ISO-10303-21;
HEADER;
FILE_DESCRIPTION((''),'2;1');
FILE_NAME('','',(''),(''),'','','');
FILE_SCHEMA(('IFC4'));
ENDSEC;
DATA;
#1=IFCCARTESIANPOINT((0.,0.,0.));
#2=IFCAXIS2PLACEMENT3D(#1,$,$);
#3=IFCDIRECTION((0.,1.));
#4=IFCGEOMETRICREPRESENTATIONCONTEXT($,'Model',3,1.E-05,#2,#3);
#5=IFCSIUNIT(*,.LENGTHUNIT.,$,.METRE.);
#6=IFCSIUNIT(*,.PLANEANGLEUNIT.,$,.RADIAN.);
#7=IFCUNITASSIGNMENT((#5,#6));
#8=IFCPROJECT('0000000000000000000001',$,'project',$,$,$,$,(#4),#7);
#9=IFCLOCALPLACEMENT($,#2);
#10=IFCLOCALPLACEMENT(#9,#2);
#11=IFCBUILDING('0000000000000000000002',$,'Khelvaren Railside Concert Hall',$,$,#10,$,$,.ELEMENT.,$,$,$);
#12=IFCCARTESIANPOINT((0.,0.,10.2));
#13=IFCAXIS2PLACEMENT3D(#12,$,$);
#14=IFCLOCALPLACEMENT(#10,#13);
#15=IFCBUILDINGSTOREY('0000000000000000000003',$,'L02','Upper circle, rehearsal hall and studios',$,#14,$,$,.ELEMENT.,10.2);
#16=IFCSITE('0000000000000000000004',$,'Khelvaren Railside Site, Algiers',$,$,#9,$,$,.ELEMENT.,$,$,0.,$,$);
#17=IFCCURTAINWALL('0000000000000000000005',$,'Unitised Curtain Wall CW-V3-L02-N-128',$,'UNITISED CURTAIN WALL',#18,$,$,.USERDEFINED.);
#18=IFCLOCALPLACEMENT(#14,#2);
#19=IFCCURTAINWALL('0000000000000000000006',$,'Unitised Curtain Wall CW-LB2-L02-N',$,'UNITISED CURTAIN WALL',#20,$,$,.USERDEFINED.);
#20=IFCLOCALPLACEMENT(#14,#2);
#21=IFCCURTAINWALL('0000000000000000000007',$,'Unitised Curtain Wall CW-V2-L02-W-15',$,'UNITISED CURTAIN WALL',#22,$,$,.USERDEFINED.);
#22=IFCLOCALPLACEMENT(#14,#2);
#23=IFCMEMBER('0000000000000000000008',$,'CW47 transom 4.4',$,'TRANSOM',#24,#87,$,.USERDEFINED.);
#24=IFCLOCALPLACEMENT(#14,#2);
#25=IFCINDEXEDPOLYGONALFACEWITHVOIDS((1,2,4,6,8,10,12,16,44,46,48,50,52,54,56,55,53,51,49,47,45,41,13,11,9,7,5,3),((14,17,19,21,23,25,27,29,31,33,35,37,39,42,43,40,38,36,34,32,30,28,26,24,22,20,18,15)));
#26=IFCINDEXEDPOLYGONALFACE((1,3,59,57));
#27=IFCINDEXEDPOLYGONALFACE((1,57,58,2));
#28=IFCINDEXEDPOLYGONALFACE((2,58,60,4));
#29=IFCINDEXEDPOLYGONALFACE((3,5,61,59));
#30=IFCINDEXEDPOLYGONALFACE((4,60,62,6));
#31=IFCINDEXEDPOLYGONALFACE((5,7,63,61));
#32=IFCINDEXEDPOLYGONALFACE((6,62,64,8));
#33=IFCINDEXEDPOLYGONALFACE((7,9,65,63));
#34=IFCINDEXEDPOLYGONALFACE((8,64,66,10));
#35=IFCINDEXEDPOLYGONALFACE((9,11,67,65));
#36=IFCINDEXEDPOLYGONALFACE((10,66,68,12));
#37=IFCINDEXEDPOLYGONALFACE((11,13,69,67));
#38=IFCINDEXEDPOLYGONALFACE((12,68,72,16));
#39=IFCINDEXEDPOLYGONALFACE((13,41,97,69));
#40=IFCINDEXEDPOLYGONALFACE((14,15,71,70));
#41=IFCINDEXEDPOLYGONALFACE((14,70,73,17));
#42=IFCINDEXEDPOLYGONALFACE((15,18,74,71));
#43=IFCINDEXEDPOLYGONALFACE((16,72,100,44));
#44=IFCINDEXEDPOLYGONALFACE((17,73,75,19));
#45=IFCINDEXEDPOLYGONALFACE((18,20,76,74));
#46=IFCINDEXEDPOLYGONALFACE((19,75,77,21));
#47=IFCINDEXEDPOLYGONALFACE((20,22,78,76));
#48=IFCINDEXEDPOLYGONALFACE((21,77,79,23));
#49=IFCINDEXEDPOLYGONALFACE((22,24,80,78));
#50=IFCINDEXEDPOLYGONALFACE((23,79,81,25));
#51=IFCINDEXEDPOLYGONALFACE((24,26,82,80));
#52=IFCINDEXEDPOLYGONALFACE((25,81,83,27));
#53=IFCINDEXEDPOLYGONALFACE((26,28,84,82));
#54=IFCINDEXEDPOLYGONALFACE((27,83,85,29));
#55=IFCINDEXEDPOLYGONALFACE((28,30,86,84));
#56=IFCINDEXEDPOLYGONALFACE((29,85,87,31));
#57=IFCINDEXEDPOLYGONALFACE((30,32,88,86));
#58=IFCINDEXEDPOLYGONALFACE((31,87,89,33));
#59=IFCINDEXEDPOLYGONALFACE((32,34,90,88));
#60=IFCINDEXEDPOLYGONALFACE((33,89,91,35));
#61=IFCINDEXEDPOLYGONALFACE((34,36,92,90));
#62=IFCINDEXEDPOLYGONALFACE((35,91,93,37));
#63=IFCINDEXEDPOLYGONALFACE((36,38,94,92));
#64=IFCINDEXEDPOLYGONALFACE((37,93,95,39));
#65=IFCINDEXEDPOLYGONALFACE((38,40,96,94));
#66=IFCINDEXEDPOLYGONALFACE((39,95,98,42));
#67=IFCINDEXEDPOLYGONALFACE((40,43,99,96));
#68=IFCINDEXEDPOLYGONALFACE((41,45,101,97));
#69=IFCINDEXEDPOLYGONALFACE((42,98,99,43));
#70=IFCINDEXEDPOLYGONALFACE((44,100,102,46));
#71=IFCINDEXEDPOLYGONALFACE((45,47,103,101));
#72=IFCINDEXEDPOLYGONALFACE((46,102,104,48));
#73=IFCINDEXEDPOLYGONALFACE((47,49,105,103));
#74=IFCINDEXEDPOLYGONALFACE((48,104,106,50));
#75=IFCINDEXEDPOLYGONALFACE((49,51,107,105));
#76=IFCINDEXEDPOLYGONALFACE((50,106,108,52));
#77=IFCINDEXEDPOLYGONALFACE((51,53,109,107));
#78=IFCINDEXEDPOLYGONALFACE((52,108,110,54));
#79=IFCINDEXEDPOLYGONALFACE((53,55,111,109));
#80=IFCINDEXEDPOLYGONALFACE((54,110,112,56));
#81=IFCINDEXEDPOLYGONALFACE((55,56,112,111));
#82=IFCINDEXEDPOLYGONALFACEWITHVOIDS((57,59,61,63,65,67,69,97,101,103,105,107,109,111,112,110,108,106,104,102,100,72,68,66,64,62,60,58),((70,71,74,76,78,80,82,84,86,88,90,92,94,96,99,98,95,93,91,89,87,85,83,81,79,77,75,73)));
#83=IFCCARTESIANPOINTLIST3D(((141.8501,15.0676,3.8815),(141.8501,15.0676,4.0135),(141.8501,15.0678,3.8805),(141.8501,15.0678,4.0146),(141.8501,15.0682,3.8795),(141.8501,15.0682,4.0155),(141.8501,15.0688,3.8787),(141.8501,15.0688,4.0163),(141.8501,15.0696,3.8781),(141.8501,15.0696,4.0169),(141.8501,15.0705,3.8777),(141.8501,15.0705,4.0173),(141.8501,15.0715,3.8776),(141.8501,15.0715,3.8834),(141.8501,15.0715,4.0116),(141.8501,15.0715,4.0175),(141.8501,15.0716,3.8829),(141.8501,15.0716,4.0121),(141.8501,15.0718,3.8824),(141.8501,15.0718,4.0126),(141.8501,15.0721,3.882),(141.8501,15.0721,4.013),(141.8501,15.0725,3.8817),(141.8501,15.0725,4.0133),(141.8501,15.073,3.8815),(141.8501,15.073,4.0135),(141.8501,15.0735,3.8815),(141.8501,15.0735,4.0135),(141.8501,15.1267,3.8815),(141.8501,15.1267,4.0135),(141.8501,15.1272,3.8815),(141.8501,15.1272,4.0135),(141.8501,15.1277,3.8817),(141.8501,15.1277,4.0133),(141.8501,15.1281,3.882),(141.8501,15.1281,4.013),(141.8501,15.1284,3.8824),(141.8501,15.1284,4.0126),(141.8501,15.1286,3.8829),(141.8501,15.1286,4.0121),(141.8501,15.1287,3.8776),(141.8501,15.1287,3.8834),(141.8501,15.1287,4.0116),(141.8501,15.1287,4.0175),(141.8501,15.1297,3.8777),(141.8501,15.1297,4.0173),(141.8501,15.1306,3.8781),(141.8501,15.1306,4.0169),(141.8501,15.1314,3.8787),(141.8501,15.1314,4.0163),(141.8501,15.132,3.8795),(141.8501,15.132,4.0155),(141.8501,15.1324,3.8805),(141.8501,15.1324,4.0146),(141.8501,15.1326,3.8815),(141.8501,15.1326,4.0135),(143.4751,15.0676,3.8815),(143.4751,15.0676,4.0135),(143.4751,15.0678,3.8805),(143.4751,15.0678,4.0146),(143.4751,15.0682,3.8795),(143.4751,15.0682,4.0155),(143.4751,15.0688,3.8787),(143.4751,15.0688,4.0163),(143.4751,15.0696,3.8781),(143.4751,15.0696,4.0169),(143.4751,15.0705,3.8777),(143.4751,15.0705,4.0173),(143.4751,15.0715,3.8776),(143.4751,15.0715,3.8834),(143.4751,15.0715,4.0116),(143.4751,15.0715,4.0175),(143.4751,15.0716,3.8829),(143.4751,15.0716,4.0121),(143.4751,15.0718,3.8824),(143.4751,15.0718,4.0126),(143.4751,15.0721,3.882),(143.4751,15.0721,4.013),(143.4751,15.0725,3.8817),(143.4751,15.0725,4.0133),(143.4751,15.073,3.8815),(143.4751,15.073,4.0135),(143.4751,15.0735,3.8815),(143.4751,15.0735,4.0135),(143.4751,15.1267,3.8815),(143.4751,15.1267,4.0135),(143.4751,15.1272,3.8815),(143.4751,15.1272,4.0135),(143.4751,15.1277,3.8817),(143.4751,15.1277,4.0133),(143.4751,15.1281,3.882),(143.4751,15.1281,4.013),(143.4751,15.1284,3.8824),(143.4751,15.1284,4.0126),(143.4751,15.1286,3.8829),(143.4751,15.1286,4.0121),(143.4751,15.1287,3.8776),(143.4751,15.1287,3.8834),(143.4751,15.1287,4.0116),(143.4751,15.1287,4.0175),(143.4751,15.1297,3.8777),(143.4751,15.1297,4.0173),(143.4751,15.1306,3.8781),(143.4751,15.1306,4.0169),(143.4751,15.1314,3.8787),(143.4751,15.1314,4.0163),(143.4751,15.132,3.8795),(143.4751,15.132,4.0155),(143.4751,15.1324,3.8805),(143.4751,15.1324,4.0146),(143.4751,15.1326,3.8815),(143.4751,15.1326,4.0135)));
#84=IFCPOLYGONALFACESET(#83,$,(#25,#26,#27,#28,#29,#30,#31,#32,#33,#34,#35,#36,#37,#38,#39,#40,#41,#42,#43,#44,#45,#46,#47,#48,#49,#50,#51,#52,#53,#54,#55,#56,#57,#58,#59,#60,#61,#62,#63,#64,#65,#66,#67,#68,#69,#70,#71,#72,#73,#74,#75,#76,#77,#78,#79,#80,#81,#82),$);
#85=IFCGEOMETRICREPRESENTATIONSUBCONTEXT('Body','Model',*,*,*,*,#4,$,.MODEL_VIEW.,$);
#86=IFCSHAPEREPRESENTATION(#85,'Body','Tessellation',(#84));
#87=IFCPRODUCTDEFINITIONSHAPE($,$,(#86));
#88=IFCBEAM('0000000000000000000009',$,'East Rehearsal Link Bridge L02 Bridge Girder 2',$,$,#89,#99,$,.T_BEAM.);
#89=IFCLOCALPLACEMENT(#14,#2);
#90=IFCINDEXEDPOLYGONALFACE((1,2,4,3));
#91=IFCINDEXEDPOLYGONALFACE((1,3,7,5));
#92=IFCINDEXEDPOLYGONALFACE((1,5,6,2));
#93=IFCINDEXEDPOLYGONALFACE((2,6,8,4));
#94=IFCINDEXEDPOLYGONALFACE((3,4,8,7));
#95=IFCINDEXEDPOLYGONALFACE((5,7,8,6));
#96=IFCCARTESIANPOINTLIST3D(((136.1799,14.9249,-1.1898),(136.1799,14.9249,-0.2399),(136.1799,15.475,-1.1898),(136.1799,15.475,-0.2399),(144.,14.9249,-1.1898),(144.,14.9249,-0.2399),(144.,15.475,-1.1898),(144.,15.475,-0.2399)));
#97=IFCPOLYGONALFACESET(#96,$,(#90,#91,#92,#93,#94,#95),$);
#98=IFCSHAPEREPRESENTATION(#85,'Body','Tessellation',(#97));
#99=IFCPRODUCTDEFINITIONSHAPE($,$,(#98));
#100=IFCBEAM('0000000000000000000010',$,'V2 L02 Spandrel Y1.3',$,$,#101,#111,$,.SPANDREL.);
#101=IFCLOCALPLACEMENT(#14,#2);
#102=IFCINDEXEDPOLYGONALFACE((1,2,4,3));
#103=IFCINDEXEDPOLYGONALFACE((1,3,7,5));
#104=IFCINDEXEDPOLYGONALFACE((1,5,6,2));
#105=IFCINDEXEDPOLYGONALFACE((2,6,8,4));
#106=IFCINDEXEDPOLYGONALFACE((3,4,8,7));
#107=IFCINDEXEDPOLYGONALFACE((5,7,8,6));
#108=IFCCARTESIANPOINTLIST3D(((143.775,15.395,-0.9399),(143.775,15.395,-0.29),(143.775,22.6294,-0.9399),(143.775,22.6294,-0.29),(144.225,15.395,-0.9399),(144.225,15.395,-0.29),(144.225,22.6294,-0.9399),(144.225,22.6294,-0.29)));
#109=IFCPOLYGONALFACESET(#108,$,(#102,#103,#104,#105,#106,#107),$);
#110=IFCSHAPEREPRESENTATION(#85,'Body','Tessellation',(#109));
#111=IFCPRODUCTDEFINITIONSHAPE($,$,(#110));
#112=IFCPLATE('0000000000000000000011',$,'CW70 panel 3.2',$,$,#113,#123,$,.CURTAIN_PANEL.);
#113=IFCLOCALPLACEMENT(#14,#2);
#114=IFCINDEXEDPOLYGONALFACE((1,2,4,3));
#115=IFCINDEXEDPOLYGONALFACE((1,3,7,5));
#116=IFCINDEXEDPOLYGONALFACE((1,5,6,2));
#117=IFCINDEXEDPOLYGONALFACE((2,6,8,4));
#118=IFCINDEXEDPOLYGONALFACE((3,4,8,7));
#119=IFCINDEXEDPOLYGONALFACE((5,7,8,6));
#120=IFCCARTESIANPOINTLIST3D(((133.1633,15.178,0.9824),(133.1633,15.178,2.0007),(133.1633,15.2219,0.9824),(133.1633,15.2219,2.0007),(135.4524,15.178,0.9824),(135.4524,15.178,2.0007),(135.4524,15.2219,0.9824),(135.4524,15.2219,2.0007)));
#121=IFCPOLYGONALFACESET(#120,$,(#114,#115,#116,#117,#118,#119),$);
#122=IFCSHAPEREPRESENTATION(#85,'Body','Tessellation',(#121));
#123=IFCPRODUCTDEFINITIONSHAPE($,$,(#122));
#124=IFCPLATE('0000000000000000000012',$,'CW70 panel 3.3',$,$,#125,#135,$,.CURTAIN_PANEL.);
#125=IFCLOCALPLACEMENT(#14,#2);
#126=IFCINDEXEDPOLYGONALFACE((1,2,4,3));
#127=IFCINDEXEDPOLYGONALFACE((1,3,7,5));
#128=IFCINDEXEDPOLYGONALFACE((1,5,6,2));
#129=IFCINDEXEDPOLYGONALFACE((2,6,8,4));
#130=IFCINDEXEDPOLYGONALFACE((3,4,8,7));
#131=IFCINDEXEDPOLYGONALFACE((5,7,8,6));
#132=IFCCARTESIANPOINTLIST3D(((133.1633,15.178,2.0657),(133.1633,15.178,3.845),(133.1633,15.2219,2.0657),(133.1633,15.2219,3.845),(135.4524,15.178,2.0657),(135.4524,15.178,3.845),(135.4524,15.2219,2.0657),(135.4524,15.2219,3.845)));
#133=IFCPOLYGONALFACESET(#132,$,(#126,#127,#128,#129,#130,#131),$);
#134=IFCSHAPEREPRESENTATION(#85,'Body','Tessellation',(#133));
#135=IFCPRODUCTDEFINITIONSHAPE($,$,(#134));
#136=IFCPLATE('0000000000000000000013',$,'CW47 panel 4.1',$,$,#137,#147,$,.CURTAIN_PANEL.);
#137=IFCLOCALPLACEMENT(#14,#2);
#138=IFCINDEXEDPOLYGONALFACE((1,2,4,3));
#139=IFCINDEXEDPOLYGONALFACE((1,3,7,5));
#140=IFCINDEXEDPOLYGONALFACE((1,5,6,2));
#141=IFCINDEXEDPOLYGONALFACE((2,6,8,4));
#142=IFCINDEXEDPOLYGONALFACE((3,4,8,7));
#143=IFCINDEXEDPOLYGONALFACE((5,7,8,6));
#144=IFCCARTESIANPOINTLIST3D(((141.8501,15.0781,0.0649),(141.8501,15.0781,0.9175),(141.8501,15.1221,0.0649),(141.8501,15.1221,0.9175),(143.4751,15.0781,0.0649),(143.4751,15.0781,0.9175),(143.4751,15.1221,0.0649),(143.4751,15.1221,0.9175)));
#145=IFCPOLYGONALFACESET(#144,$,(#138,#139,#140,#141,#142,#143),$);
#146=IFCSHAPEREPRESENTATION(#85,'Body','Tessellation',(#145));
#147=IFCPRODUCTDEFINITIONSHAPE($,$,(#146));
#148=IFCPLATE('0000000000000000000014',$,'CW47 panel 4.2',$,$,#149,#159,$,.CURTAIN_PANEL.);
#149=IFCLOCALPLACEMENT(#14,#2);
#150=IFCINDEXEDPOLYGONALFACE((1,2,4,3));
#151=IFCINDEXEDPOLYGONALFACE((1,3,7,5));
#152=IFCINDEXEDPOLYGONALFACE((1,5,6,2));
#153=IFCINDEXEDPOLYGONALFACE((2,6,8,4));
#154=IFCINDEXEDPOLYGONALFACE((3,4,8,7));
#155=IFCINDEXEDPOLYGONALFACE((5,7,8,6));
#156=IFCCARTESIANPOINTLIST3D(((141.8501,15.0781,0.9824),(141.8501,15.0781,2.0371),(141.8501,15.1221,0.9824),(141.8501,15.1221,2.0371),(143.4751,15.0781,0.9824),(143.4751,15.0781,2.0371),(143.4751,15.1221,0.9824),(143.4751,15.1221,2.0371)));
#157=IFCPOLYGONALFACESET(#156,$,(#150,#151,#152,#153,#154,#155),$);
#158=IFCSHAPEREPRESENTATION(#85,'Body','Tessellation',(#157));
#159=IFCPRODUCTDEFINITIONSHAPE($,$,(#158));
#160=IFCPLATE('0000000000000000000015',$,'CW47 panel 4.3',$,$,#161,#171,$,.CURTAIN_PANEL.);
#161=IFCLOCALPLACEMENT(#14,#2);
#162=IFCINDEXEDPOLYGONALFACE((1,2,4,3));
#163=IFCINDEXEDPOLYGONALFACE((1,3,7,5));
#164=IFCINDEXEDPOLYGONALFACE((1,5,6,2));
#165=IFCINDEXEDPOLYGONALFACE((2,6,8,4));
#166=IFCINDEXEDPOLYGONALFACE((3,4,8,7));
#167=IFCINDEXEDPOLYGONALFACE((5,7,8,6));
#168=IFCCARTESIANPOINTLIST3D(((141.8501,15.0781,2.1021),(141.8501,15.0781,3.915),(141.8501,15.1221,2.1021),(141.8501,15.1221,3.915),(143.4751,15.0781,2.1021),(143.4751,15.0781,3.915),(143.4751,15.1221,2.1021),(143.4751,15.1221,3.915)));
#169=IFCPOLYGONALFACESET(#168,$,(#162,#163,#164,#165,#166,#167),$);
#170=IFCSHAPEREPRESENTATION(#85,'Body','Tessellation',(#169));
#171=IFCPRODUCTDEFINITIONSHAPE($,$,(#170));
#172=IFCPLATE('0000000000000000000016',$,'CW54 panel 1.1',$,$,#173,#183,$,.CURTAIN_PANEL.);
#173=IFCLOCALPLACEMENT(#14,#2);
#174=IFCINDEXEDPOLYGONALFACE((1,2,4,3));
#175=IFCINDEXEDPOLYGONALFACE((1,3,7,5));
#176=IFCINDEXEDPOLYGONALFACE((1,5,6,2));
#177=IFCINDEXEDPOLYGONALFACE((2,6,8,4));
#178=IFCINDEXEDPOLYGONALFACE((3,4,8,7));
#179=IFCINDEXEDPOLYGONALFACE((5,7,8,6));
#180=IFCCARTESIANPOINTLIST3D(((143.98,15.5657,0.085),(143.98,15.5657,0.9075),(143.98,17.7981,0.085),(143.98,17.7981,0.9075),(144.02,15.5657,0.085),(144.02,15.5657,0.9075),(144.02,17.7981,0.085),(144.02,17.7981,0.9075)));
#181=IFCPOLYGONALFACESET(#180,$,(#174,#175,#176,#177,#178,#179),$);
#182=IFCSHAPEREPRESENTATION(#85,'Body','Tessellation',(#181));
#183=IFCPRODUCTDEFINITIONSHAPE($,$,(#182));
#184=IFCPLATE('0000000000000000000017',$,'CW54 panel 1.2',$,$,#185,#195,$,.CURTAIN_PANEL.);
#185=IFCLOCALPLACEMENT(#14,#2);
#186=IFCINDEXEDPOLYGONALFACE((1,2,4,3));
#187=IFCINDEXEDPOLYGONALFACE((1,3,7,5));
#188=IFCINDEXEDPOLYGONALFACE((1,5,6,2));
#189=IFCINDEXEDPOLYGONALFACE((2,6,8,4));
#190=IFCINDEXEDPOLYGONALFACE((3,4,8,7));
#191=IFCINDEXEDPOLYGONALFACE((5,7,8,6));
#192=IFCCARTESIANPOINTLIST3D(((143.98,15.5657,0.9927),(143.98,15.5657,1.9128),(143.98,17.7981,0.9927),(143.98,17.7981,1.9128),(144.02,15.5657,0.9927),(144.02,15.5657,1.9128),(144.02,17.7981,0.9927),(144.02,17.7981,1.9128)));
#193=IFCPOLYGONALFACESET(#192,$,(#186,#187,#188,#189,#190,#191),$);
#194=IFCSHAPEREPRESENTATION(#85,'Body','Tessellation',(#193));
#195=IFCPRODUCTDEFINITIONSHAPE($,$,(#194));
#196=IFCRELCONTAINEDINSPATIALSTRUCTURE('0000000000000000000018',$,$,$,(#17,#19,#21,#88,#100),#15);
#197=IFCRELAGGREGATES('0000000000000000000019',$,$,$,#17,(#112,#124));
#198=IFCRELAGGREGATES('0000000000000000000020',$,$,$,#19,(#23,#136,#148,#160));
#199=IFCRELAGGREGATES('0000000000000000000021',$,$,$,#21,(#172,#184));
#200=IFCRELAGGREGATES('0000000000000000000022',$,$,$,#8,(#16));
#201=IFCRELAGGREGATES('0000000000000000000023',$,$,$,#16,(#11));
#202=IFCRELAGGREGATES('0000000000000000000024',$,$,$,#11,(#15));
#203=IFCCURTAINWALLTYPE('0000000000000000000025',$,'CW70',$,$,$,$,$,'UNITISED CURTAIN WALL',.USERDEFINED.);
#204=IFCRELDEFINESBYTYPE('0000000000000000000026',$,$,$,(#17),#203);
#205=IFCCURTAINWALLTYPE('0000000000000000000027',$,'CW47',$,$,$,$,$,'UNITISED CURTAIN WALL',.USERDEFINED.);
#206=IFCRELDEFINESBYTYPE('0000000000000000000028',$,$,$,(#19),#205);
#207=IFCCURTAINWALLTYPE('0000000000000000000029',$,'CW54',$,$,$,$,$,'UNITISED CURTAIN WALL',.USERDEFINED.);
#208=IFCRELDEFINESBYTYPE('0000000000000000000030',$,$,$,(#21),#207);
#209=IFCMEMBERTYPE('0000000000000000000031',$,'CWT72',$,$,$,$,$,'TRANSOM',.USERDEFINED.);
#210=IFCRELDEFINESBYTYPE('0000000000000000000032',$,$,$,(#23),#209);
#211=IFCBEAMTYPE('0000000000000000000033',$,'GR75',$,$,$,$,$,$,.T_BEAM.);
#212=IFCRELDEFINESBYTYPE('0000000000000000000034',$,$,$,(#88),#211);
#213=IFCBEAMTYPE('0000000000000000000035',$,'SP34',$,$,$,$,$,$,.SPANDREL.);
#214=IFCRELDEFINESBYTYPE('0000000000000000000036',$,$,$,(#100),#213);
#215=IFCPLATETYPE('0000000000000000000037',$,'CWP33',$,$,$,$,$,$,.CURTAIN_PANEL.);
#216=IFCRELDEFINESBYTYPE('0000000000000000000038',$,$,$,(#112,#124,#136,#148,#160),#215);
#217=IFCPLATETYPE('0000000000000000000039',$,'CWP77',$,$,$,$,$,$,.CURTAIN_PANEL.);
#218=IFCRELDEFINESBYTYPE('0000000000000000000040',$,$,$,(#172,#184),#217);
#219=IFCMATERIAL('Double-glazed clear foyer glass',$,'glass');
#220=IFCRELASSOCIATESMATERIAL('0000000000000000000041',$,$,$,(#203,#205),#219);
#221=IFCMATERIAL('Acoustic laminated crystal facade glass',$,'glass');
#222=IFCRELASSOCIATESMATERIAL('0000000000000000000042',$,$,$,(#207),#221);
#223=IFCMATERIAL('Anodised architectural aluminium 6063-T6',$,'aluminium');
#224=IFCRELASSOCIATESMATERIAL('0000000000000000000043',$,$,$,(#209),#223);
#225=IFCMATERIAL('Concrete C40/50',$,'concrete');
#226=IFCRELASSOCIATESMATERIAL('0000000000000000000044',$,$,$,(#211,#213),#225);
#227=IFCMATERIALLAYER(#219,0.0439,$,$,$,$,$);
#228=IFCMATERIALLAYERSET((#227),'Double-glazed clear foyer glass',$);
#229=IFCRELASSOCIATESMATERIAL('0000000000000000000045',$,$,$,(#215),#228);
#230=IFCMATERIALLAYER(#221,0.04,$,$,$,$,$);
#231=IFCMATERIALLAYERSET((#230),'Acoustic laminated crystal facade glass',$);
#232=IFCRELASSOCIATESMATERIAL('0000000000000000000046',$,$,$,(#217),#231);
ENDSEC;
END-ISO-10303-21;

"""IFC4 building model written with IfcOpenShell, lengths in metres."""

from ifc_helpers import new_model, si_unit, direction, frame, origin, origin_2d, place, context, subcontext, project, spatial, rectangle, hollow_rectangle, extrude, material, layer, layer_set, material_profile, profile_set, type_object, element, aggregate, save


model = new_model("IFC4")

# Units and contexts
model_context = context("Model", 3, precision=1e-05, world=origin(), true_north=direction((0.0, 1.0)))
body_context = subcontext(model_context, "Body", "Model", "MODEL_VIEW")
ifc_project = project(units=[si_unit("LENGTHUNIT", "METRE"), si_unit("PLANEANGLEUNIT", "RADIAN")], contexts=[model_context])

# Site, building, storey
site_placement = place(None, origin())
site = spatial("IfcSite", under=ifc_project, at=site_placement, Name="Khelvaren Railside Site, Algiers", CompositionType="ELEMENT", RefElevation=0.0)
building_placement = place(site_placement, origin())
building = spatial("IfcBuilding", under=site, at=building_placement, Name="Khelvaren Railside Concert Hall", CompositionType="ELEMENT")
storey_placement = place(building_placement, frame((0.0, 0.0, 10.2)))
storey = spatial("IfcBuildingStorey", under=building, at=storey_placement, Name="L02", Description="Upper circle, rehearsal hall and studios", CompositionType="ELEMENT", Elevation=10.2)

# Curtain walls
ifc_material_1 = material(Name="Double-glazed clear foyer glass", Category="glass")
curtain_wall_type_1 = type_object("IfcCurtainWallType", Name="CW70", ElementType="UNITISED CURTAIN WALL", PredefinedType="USERDEFINED", material=ifc_material_1)
curtain_wall_1_placement = place(storey_placement, origin())
curtain_wall_1 = element("IfcCurtainWall", 1, at=curtain_wall_1_placement, inside=storey, type_object=curtain_wall_type_1, Name="Unitised Curtain Wall CW-V3-L02-N-128", ObjectType="UNITISED CURTAIN WALL", PredefinedType="USERDEFINED")
ifc_material_2 = material(Name="Anodised architectural aluminium 6063-T6", Category="aluminium")
curtain_wall_type_2 = type_object("IfcCurtainWallType", Name="CW47", ElementType="UNITISED CURTAIN WALL", PredefinedType="USERDEFINED", material=ifc_material_1)
curtain_wall_2_placement = place(storey_placement, origin())
curtain_wall_2 = element("IfcCurtainWall", 2, at=curtain_wall_2_placement, inside=storey, type_object=curtain_wall_type_2, Name="Unitised Curtain Wall CW-LB2-L02-N", ObjectType="UNITISED CURTAIN WALL", PredefinedType="USERDEFINED")

# Curtain wall
ifc_material_3 = material(Name="Acoustic laminated crystal facade glass", Category="glass")
curtain_wall_type_3 = type_object("IfcCurtainWallType", Name="CW54", ElementType="UNITISED CURTAIN WALL", PredefinedType="USERDEFINED", material=ifc_material_3)
curtain_wall_3_placement = place(storey_placement, origin())
curtain_wall_3 = element("IfcCurtainWall", 3, at=curtain_wall_3_placement, inside=storey, type_object=curtain_wall_type_3, Name="Unitised Curtain Wall CW-V2-L02-W-15", ObjectType="UNITISED CURTAIN WALL", PredefinedType="USERDEFINED")

# Member
ifc_material_profile_1 = material_profile(ifc_material_2, hollow_rectangle(XDim=0.0649, YDim=0.1399, WallThickness=0.0039, InnerFilletRadius=0.002, OuterFilletRadius=0.0039, at=origin_2d()), Name="CWT 65x140x4")
ifc_profile_set_1 = profile_set([ifc_material_profile_1], Name="Anodised architectural aluminium 6063-T6")
member_type_1 = type_object("IfcMemberType", Name="CWT72", ElementType="TRANSOM", PredefinedType="USERDEFINED", material=ifc_profile_set_1)
member_1_placement = place(storey_placement, frame((141.8501, 15.1001, 3.9475), z_axis=(1.0, 0.0, 0.0), x_axis=(0.0, 1.0, 0.0)))
member_1 = element("IfcMember", 4, at=member_1_placement, type_object=member_type_1, Name="CW47 transom 4.4", ObjectType="TRANSOM", PredefinedType="USERDEFINED", context=body_context, shape_type="SweptSolid", body=[
    extrude(hollow_rectangle(XDim=0.0649, YDim=0.1399, WallThickness=0.0039, InnerFilletRadius=0.002, OuterFilletRadius=0.0039, at=origin_2d()), origin(), (0.0, 0.0, 1.0), 1.625),
])

# Beams
ifc_material_4 = material(Name="Concrete C40/50", Category="concrete")
ifc_material_profile_2 = material_profile(ifc_material_4, rectangle(XDim=0.55, YDim=0.95, at=origin_2d()), Name="RCB 550x950")
ifc_profile_set_2 = profile_set([ifc_material_profile_2], Name="Concrete C40/50")
beam_type_1 = type_object("IfcBeamType", Name="GR75", PredefinedType="T_BEAM", material=ifc_profile_set_2)
beam_1_placement = place(storey_placement, frame((136.1799, 15.2, -0.7148), z_axis=(1.0, 0.0, 0.0), x_axis=(0.0, 1.0, 0.0)))
element("IfcBeam", 5, at=beam_1_placement, inside=storey, type_object=beam_type_1, Name="East Rehearsal Link Bridge L02 Bridge Girder 2", PredefinedType="T_BEAM", context=body_context, shape_type="SweptSolid", body=[
    extrude(rectangle(XDim=0.55, YDim=0.95, at=origin_2d()), origin(), (0.0, 0.0, 1.0), 7.8201),
])
ifc_material_profile_3 = material_profile(ifc_material_4, rectangle(XDim=0.45, YDim=0.6499, at=origin_2d()), Name="RCB 450x650")
ifc_profile_set_3 = profile_set([ifc_material_profile_3], Name="Concrete C40/50")
beam_type_2 = type_object("IfcBeamType", Name="SP34", PredefinedType="SPANDREL", material=ifc_profile_set_3)
beam_2_placement = place(storey_placement, frame((144.0, 15.395, -0.615), z_axis=(0.0, 1.0, 0.0), x_axis=(-1.0, 0.0, 0.0)))
element("IfcBeam", 6, at=beam_2_placement, inside=storey, type_object=beam_type_2, Name="V2 L02 Spandrel Y1.3", PredefinedType="SPANDREL", context=body_context, shape_type="SweptSolid", body=[
    extrude(rectangle(XDim=0.45, YDim=0.6499, at=origin_2d()), origin(), (0.0, 0.0, 1.0), 7.2344),
])

# Plates
ifc_layer_1 = layer(ifc_material_1, 0.0439)
ifc_layer_set_1 = layer_set([ifc_layer_1], Name="Double-glazed clear foyer glass")
plate_type_1 = type_object("IfcPlateType", Name="CWP33", PredefinedType="CURTAIN_PANEL", material=ifc_layer_set_1)
plate_1_placement = place(storey_placement, frame((134.3079, 15.2, 0.9824), z_axis=(0.0, 0.0, 1.0), x_axis=(1.0, 0.0, 0.0)))
plate_1 = element("IfcPlate", 7, at=plate_1_placement, type_object=plate_type_1, Name="CW70 panel 3.2", PredefinedType="CURTAIN_PANEL", context=body_context, shape_type="SweptSolid", body=[
    extrude(rectangle(XDim=2.2891, YDim=0.0439, at=origin_2d()), origin(), (0.0, 0.0, 1.0), 1.0183),
])
plate_2_placement = place(storey_placement, frame((134.3079, 15.2, 2.0657), z_axis=(0.0, 0.0, 1.0), x_axis=(1.0, 0.0, 0.0)))
plate_2 = element("IfcPlate", 8, at=plate_2_placement, type_object=plate_type_1, Name="CW70 panel 3.3", PredefinedType="CURTAIN_PANEL", context=body_context, shape_type="SweptSolid", body=[
    extrude(rectangle(XDim=2.2891, YDim=0.0439, at=origin_2d()), origin(), (0.0, 0.0, 1.0), 1.7793),
])
aggregate(curtain_wall_1, [plate_1, plate_2])
plate_3_placement = place(storey_placement, frame((142.6626, 15.1001, 0.0649), z_axis=(0.0, 0.0, 1.0), x_axis=(1.0, 0.0, 0.0)))
plate_3 = element("IfcPlate", 9, at=plate_3_placement, type_object=plate_type_1, Name="CW47 panel 4.1", PredefinedType="CURTAIN_PANEL", context=body_context, shape_type="SweptSolid", body=[
    extrude(rectangle(XDim=1.625, YDim=0.0439, at=origin_2d()), origin(), (0.0, 0.0, 1.0), 0.8525),
])
plate_4_placement = place(storey_placement, frame((142.6626, 15.1001, 0.9824), z_axis=(0.0, 0.0, 1.0), x_axis=(1.0, 0.0, 0.0)))
plate_4 = element("IfcPlate", 10, at=plate_4_placement, type_object=plate_type_1, Name="CW47 panel 4.2", PredefinedType="CURTAIN_PANEL", context=body_context, shape_type="SweptSolid", body=[
    extrude(rectangle(XDim=1.625, YDim=0.0439, at=origin_2d()), origin(), (0.0, 0.0, 1.0), 1.0547),
])
plate_5_placement = place(storey_placement, frame((142.6626, 15.1001, 2.1021), z_axis=(0.0, 0.0, 1.0), x_axis=(1.0, 0.0, 0.0)))
plate_5 = element("IfcPlate", 11, at=plate_5_placement, type_object=plate_type_1, Name="CW47 panel 4.3", PredefinedType="CURTAIN_PANEL", context=body_context, shape_type="SweptSolid", body=[
    extrude(rectangle(XDim=1.625, YDim=0.0439, at=origin_2d()), origin(), (0.0, 0.0, 1.0), 1.813),
])
aggregate(curtain_wall_2, [member_1, plate_3, plate_4, plate_5])
ifc_layer_2 = layer(ifc_material_3, 0.04)
ifc_layer_set_2 = layer_set([ifc_layer_2], Name="Acoustic laminated crystal facade glass")
plate_type_2 = type_object("IfcPlateType", Name="CWP77", PredefinedType="CURTAIN_PANEL", material=ifc_layer_set_2)
plate_6_placement = place(storey_placement, frame((144.0, 16.6819, 0.085), z_axis=(0.0, 0.0, 1.0), x_axis=(0.0, 1.0, 0.0)))
plate_6 = element("IfcPlate", 12, at=plate_6_placement, type_object=plate_type_2, Name="CW54 panel 1.1", PredefinedType="CURTAIN_PANEL", context=body_context, shape_type="SweptSolid", body=[
    extrude(rectangle(XDim=2.2324, YDim=0.04, at=origin_2d()), origin(), (0.0, 0.0, 1.0), 0.8225),
])
plate_7_placement = place(storey_placement, frame((144.0, 16.6819, 0.9927), z_axis=(0.0, 0.0, 1.0), x_axis=(0.0, 1.0, 0.0)))
plate_7 = element("IfcPlate", 13, at=plate_7_placement, type_object=plate_type_2, Name="CW54 panel 1.2", PredefinedType="CURTAIN_PANEL", context=body_context, shape_type="SweptSolid", body=[
    extrude(rectangle(XDim=2.2324, YDim=0.04, at=origin_2d()), origin(), (0.0, 0.0, 1.0), 0.9202),
])
aggregate(curtain_wall_3, [plate_6, plate_7])

save(model, "model.ifc")
